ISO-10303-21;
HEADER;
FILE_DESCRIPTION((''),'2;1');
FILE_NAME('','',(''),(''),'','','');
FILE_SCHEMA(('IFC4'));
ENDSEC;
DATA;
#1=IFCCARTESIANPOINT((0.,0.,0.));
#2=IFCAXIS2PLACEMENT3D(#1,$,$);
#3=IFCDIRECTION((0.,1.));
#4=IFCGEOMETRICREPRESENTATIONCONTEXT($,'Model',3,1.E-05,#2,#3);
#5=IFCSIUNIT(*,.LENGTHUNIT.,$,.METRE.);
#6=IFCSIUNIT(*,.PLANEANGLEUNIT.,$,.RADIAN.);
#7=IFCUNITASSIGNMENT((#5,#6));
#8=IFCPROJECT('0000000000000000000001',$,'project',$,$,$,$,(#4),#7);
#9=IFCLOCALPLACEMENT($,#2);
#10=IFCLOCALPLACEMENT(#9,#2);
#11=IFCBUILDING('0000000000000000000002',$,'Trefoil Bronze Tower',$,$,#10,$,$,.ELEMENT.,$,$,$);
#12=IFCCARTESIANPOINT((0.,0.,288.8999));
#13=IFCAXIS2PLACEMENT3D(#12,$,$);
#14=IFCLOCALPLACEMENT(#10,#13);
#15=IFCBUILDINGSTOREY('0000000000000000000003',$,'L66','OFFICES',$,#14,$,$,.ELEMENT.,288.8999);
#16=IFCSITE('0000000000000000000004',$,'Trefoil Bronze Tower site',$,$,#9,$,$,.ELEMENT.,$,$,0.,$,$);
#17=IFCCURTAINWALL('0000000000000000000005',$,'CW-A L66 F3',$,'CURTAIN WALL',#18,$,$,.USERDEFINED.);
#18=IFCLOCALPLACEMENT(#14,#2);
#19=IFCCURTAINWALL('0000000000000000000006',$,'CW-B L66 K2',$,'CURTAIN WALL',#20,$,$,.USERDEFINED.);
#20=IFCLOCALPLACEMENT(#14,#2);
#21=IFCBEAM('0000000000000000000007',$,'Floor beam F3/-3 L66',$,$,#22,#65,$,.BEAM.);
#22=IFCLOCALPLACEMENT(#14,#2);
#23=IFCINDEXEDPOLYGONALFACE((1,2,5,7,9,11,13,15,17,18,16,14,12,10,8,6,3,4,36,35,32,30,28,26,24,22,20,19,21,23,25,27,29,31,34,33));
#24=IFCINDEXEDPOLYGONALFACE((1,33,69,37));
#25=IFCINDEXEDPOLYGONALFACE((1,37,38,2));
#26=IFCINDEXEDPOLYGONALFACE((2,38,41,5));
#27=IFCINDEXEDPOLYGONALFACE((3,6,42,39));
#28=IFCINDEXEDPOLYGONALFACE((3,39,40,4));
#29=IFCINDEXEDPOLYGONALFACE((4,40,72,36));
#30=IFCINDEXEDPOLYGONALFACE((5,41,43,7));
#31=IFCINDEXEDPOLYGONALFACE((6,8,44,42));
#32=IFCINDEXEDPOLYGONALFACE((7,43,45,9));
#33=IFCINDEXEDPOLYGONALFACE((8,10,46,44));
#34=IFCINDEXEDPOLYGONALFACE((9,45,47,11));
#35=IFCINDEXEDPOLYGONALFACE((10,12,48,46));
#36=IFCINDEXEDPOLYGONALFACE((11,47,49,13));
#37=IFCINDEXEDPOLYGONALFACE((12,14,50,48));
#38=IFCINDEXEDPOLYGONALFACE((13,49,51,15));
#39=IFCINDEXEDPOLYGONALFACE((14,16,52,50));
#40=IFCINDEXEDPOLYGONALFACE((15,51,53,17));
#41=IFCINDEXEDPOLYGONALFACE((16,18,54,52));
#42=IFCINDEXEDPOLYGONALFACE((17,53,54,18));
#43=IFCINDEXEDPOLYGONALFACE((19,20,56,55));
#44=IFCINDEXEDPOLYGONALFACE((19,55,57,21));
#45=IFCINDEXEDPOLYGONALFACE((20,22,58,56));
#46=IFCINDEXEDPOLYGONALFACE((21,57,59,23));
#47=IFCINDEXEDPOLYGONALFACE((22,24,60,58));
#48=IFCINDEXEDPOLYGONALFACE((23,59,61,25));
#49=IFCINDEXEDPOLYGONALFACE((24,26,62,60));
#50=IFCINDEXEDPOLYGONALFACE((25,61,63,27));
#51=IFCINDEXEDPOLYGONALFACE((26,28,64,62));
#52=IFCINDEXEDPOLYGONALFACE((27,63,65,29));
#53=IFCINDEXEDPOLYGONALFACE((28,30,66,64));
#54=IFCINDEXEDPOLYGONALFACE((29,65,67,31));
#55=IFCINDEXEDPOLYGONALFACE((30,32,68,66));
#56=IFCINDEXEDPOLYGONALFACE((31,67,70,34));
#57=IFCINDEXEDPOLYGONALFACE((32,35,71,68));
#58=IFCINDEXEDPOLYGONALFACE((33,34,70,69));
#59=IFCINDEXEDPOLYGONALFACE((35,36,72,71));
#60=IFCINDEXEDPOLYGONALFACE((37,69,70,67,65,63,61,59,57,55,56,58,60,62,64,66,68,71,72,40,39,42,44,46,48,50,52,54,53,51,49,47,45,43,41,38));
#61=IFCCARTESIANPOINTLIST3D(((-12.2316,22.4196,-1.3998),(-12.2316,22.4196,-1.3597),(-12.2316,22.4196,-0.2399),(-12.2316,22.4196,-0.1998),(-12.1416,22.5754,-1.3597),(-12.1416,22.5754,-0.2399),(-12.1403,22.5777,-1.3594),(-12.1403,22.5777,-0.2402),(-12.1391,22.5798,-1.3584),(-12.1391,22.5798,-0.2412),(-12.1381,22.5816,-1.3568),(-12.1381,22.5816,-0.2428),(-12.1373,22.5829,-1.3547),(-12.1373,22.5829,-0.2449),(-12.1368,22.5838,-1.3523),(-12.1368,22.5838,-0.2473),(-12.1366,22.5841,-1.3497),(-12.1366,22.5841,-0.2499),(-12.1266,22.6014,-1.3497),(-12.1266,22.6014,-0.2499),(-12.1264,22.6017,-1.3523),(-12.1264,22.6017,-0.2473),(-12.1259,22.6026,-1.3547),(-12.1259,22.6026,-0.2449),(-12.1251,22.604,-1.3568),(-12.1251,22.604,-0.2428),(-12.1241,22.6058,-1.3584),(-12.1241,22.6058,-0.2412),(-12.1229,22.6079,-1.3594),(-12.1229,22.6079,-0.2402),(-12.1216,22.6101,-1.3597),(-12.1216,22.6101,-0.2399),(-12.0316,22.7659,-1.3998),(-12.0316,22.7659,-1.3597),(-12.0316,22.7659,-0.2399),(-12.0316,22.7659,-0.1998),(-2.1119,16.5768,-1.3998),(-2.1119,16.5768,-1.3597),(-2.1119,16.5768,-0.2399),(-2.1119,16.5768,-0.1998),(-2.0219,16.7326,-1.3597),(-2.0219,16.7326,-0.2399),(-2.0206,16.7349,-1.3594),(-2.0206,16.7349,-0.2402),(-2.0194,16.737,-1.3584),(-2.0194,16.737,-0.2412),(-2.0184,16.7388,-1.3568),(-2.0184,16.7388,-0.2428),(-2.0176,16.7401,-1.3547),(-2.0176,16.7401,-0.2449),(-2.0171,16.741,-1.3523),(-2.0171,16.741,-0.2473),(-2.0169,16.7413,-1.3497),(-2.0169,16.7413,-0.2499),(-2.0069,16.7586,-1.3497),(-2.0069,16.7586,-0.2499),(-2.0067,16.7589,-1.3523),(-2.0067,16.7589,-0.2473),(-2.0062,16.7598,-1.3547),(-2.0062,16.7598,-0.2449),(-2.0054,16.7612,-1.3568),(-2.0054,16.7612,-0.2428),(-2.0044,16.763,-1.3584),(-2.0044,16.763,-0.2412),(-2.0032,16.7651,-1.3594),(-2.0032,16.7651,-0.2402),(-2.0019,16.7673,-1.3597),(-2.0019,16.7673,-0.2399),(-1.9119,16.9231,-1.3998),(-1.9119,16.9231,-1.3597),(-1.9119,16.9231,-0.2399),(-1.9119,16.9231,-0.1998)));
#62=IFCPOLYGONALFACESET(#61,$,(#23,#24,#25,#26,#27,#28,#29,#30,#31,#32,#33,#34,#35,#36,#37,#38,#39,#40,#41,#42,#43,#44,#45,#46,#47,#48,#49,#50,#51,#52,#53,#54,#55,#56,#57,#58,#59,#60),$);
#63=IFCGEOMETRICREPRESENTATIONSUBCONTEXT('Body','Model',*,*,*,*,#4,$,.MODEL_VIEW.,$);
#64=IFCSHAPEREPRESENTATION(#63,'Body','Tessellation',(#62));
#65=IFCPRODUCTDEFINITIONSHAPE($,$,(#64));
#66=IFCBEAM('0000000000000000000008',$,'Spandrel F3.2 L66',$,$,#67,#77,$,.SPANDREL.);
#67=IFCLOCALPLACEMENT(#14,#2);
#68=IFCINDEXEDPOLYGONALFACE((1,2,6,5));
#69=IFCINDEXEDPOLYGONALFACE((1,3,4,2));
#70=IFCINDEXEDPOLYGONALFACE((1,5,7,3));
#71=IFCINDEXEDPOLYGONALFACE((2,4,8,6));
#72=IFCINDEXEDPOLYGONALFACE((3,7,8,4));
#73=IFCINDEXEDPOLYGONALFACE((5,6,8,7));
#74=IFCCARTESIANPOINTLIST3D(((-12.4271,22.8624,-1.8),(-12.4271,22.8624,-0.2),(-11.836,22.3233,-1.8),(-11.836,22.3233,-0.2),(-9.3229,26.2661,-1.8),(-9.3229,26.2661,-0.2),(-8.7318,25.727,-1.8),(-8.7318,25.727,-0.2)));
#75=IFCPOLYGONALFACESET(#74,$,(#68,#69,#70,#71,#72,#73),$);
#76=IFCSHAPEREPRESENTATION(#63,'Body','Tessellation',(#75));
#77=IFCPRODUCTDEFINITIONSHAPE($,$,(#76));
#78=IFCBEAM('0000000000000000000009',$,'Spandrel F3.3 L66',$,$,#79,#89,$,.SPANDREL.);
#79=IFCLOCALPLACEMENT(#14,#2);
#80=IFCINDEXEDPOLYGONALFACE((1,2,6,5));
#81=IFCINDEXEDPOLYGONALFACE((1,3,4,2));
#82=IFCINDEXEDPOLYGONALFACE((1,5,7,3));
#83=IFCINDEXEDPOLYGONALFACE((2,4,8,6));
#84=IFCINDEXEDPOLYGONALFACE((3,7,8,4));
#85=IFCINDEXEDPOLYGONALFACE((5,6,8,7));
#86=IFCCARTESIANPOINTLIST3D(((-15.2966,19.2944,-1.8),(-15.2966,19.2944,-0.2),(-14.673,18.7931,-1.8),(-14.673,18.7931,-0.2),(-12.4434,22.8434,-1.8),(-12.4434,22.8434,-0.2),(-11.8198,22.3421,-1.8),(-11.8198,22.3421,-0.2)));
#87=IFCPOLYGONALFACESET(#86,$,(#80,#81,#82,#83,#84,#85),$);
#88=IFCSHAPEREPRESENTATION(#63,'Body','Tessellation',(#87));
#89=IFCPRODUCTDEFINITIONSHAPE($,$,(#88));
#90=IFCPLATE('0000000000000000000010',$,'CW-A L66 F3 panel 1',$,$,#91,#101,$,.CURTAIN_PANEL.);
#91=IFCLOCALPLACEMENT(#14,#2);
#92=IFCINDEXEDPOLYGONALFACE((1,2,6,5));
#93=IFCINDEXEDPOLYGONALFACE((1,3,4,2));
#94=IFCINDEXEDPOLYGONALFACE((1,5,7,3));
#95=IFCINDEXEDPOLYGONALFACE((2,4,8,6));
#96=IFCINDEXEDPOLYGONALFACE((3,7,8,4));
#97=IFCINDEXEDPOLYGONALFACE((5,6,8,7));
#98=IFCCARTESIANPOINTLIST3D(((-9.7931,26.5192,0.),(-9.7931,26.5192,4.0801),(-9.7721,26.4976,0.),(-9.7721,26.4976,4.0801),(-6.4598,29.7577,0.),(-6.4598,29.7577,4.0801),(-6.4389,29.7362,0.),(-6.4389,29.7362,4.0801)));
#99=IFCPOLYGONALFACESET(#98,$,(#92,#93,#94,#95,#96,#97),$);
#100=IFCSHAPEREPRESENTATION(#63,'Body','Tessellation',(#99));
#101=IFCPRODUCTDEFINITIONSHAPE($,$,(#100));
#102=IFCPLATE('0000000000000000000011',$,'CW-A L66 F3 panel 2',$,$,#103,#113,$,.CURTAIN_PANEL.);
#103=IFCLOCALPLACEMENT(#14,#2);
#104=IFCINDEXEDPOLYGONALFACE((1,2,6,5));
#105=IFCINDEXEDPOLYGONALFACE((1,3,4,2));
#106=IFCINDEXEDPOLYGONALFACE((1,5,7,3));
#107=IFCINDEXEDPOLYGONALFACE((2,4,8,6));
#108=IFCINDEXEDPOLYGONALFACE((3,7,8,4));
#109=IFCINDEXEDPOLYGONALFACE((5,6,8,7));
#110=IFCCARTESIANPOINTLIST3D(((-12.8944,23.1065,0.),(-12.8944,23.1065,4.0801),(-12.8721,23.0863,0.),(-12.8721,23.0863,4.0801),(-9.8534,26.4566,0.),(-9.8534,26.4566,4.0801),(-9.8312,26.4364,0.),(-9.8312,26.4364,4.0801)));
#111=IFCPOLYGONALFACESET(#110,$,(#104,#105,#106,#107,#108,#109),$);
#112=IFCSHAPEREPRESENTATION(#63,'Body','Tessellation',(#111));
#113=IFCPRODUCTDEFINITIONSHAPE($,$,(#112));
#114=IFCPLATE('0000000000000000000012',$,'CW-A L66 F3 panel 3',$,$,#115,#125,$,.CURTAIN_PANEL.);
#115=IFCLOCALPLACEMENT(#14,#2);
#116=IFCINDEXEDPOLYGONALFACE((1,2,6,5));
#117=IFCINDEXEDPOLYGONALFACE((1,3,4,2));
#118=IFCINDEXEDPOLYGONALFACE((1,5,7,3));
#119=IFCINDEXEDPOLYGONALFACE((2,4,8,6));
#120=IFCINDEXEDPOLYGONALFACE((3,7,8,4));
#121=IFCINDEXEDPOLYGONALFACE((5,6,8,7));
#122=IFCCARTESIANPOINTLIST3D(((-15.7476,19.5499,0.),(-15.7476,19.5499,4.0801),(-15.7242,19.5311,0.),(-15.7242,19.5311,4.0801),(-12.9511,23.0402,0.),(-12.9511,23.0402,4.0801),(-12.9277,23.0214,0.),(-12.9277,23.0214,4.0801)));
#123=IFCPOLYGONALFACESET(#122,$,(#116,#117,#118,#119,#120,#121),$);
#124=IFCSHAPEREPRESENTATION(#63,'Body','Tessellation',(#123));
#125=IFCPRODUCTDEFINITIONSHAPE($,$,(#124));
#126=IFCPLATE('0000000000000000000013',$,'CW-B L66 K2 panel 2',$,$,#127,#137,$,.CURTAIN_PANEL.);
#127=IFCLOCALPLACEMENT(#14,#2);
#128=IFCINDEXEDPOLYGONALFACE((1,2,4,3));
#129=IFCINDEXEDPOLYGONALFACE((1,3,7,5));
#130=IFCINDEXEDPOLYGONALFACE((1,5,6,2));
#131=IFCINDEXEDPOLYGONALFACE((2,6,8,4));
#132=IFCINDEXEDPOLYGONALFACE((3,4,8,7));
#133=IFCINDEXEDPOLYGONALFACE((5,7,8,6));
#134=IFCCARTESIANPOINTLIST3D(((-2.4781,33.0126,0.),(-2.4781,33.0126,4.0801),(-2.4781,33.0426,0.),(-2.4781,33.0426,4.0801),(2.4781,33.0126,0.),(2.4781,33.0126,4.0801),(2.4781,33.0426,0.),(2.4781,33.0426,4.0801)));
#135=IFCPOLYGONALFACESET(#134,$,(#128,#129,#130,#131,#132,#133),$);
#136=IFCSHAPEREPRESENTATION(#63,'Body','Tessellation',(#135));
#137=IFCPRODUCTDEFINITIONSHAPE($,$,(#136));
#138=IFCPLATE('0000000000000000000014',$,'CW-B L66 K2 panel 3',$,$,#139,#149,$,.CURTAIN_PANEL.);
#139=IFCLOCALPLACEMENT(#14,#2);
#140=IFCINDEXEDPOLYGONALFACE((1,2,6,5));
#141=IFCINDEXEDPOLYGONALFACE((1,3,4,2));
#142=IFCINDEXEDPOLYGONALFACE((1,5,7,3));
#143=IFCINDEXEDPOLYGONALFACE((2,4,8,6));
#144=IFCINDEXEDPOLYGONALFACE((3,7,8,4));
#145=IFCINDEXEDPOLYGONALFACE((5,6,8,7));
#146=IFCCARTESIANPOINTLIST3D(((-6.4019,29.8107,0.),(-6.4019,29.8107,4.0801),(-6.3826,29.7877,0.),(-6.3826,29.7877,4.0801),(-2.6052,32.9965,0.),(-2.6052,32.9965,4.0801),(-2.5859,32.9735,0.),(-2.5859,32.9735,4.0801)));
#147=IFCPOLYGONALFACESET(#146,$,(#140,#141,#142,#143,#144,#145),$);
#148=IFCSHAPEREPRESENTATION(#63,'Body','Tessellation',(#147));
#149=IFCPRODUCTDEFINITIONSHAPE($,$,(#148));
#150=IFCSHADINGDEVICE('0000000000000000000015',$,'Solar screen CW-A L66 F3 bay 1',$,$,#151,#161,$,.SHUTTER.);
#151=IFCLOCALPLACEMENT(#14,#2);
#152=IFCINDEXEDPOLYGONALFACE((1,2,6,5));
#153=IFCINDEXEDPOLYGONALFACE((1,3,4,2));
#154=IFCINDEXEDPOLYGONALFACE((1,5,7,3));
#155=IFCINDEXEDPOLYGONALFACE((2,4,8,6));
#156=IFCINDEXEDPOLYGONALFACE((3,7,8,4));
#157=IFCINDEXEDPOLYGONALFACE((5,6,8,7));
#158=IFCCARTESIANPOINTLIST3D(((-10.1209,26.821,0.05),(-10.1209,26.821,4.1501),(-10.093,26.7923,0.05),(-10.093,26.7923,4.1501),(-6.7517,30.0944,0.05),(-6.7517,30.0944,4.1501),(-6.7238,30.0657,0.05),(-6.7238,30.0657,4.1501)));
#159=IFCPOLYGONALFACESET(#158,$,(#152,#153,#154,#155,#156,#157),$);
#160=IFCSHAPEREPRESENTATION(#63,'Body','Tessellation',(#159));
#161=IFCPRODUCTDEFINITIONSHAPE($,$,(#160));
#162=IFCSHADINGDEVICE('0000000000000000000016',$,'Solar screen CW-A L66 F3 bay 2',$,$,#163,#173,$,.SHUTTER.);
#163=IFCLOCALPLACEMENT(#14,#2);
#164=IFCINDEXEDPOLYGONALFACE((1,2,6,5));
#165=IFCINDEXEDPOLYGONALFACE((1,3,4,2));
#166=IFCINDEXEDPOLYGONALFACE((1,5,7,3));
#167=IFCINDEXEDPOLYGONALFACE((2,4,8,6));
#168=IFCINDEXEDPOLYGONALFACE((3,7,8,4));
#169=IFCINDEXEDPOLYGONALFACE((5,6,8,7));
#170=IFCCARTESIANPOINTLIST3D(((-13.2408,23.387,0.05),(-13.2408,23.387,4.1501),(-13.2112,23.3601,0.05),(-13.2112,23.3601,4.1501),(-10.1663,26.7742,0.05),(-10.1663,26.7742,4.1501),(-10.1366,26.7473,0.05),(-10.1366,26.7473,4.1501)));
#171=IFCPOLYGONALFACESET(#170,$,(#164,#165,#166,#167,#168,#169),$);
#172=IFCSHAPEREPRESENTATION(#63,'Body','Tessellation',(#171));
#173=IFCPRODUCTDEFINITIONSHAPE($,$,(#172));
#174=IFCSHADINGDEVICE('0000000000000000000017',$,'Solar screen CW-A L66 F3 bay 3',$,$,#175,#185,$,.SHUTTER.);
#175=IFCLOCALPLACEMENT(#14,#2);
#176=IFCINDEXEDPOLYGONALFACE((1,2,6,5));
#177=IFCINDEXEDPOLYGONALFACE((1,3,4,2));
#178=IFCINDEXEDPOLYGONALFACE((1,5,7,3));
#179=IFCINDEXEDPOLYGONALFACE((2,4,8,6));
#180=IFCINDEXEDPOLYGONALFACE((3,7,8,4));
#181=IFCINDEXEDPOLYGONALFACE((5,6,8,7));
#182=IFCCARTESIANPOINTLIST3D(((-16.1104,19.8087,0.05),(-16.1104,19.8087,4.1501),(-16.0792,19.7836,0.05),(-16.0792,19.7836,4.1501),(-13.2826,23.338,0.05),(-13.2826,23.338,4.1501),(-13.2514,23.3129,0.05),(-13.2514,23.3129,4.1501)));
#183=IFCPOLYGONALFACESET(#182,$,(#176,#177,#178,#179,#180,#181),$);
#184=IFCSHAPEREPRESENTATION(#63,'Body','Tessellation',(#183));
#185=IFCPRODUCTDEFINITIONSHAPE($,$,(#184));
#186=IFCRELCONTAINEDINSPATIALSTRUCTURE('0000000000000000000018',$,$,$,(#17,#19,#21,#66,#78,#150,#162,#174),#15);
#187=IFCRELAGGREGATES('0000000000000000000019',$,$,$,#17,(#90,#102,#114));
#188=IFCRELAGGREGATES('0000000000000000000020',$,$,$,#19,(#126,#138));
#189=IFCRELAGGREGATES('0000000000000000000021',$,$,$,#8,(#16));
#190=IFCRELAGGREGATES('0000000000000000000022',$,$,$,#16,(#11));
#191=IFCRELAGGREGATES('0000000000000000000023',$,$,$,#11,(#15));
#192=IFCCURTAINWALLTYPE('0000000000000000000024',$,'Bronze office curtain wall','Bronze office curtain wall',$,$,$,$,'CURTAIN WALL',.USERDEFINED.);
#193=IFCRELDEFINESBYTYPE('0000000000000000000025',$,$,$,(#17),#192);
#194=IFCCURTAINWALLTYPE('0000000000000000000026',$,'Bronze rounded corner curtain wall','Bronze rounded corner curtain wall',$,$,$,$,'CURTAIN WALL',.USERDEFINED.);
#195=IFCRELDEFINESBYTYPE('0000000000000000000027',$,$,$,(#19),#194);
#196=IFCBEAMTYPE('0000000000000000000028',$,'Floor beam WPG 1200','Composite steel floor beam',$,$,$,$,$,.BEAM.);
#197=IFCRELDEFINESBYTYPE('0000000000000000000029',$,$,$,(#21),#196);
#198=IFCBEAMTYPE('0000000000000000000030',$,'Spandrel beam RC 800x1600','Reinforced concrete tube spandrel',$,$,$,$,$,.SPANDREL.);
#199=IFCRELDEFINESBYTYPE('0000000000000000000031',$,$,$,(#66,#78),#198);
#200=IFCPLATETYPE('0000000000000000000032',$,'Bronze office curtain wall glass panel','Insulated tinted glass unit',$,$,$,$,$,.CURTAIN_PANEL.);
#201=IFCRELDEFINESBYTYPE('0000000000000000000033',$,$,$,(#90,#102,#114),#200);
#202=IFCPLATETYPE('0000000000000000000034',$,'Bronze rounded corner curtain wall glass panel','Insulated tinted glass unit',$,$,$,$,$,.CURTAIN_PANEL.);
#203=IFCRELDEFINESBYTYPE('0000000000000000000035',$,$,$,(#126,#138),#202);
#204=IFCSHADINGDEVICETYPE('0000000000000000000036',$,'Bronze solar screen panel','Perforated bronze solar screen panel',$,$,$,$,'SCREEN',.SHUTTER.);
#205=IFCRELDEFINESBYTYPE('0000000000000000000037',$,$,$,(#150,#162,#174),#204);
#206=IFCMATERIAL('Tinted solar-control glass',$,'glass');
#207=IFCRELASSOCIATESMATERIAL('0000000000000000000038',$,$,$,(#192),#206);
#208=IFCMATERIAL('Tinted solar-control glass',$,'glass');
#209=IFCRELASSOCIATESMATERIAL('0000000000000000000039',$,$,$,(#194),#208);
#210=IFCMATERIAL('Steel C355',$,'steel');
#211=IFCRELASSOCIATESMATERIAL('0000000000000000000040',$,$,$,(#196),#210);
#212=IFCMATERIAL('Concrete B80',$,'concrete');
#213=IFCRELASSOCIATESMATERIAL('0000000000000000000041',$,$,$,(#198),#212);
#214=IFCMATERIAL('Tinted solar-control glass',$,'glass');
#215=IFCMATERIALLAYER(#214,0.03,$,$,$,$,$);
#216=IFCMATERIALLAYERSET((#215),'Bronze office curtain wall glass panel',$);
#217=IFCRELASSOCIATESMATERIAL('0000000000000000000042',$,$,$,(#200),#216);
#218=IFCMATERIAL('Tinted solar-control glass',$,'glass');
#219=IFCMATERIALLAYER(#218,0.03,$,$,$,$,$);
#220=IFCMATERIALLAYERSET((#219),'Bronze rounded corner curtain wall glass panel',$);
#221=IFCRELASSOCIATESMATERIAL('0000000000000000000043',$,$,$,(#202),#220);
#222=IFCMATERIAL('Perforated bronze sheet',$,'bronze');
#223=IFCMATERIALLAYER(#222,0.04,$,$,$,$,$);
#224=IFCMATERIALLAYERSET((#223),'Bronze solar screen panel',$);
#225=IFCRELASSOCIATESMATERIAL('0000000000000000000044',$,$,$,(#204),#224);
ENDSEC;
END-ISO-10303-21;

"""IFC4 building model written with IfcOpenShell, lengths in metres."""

from ifc_helpers import new_model, si_unit, direction, frame, origin, origin_2d, place, context, subcontext, project, spatial, rectangle, i_section, extrude, material, layer, layer_set, material_profile, profile_set, type_object, element, aggregate, save


model = new_model("IFC4")

# Units and contexts
model_context = context("Model", 3, precision=1e-05, world=origin(), true_north=direction((0.0, 1.0)))
body_context = subcontext(model_context, "Body", "Model", "MODEL_VIEW")
ifc_project = project(units=[si_unit("LENGTHUNIT", "METRE"), si_unit("PLANEANGLEUNIT", "RADIAN")], contexts=[model_context])

# Site, building, storey
site_placement = place(None, origin())
site = spatial("IfcSite", under=ifc_project, at=site_placement, Name="Trefoil Bronze Tower site", CompositionType="ELEMENT", RefElevation=0.0)
building_placement = place(site_placement, origin())
building = spatial("IfcBuilding", under=site, at=building_placement, Name="Trefoil Bronze Tower", CompositionType="ELEMENT")
storey_placement = place(building_placement, frame((0.0, 0.0, 288.8999)))
storey = spatial("IfcBuildingStorey", under=building, at=storey_placement, Name="L66", Description="OFFICES", CompositionType="ELEMENT", Elevation=288.8999)

# Curtain walls
ifc_material_1 = material(Name="Tinted solar-control glass", Category="glass")
curtain_wall_type_1 = type_object("IfcCurtainWallType", Name="Bronze office curtain wall", Description="Bronze office curtain wall", ElementType="CURTAIN WALL", PredefinedType="USERDEFINED", material=ifc_material_1)
curtain_wall_1_placement = place(storey_placement, origin())
curtain_wall_1 = element("IfcCurtainWall", 1, at=curtain_wall_1_placement, inside=storey, type_object=curtain_wall_type_1, Name="CW-A L66 F3", ObjectType="CURTAIN WALL", PredefinedType="USERDEFINED")
ifc_material_2 = material(Name="Tinted solar-control glass", Category="glass")
curtain_wall_type_2 = type_object("IfcCurtainWallType", Name="Bronze rounded corner curtain wall", Description="Bronze rounded corner curtain wall", ElementType="CURTAIN WALL", PredefinedType="USERDEFINED", material=ifc_material_2)
curtain_wall_2_placement = place(storey_placement, origin())
curtain_wall_2 = element("IfcCurtainWall", 2, at=curtain_wall_2_placement, inside=storey, type_object=curtain_wall_type_2, Name="CW-B L66 K2", ObjectType="CURTAIN WALL", PredefinedType="USERDEFINED")

# Beams
ifc_material_3 = material(Name="Steel C355", Category="steel")
ifc_material_profile_1 = material_profile(ifc_material_3, i_section(OverallWidth=0.3999, OverallDepth=1.2, WebThickness=0.02, FlangeThickness=0.04, FilletRadius=0.01, at=origin_2d()), Name="WPG 1200")
ifc_profile_set_1 = profile_set([ifc_material_profile_1], Name="Steel C355")
beam_type_1 = type_object("IfcBeamType", Name="Floor beam WPG 1200", Description="Composite steel floor beam", PredefinedType="BEAM", material=ifc_profile_set_1)
beam_1_placement = place(storey_placement, frame((-12.1316, 22.5928, -0.7998), z_axis=(0.866018, -0.500013, 0.0), x_axis=(0.500013, 0.866018, 0.0)))
element("IfcBeam", 3, at=beam_1_placement, inside=storey, type_object=beam_type_1, Name="Floor beam F3/-3 L66", PredefinedType="BEAM", context=body_context, shape_type="SweptSolid", body=[
    extrude(i_section(OverallWidth=0.3999, OverallDepth=1.2, WebThickness=0.02, FlangeThickness=0.04, FilletRadius=0.01, at=origin_2d()), origin(), (0.0, 0.0, 1.0), 11.6853),
])
ifc_material_4 = material(Name="Concrete B80", Category="concrete")
ifc_material_profile_2 = material_profile(ifc_material_4, rectangle(XDim=0.8, YDim=1.6001, at=origin_2d()), Name="RC 800x1600")
ifc_profile_set_2 = profile_set([ifc_material_profile_2], Name="Concrete B80")
beam_type_2 = type_object("IfcBeamType", Name="Spandrel beam RC 800x1600", Description="Reinforced concrete tube spandrel", PredefinedType="SPANDREL", material=ifc_profile_set_2)
beam_2_placement = place(storey_placement, frame((-9.0273, 25.9966, -1.0), z_axis=(-0.673846, -0.738872, 0.0), x_axis=(0.738872, -0.673846, 0.0)))
element("IfcBeam", 4, at=beam_2_placement, inside=storey, type_object=beam_type_2, Name="Spandrel F3.2 L66", PredefinedType="SPANDREL", context=body_context, shape_type="SweptSolid", body=[
    extrude(rectangle(XDim=0.8, YDim=1.6001, at=origin_2d()), origin(), (0.0, 0.0, 1.0), 4.6067),
])
beam_3_placement = place(storey_placement, frame((-12.1316, 22.5928, -1.0), z_axis=(-0.62657, -0.779365, 0.0), x_axis=(0.779365, -0.62657, 0.0)))
element("IfcBeam", 5, at=beam_3_placement, inside=storey, type_object=beam_type_2, Name="Spandrel F3.3 L66", PredefinedType="SPANDREL", context=body_context, shape_type="SweptSolid", body=[
    extrude(rectangle(XDim=0.8, YDim=1.6001, at=origin_2d()), origin(), (0.0, 0.0, 1.0), 4.5537),
])

# Plates
ifc_material_5 = material(Name="Tinted solar-control glass", Category="glass")
ifc_layer_1 = layer(ifc_material_5, 0.03)
ifc_layer_set_1 = layer_set([ifc_layer_1], Name="Bronze office curtain wall glass panel")
plate_type_1 = type_object("IfcPlateType", Name="Bronze office curtain wall glass panel", Description="Insulated tinted glass unit", PredefinedType="CURTAIN_PANEL", material=ifc_layer_set_1)
plate_1_placement = place(storey_placement, frame((-8.116, 28.1277, 0.0), z_axis=(0.0, 0.0, 1.0), x_axis=(-0.717218, -0.696849, 0.0)))
plate_1 = element("IfcPlate", 6, at=plate_1_placement, type_object=plate_type_1, Name="CW-A L66 F3 panel 1", PredefinedType="CURTAIN_PANEL", context=body_context, shape_type="SweptSolid", body=[
    extrude(rectangle(XDim=4.6475, YDim=0.03, at=origin_2d()), origin(), (0.0, 0.0, 1.0), 4.0801),
])
plate_2_placement = place(storey_placement, frame((-11.3628, 24.7715, 0.0), z_axis=(0.0, 0.0, 1.0), x_axis=(-0.672115, -0.740447, 0.0)))
plate_2 = element("IfcPlate", 7, at=plate_2_placement, type_object=plate_type_1, Name="CW-A L66 F3 panel 2", PredefinedType="CURTAIN_PANEL", context=body_context, shape_type="SweptSolid", body=[
    extrude(rectangle(XDim=4.5244, YDim=0.03, at=origin_2d()), origin(), (0.0, 0.0, 1.0), 4.0801),
])
plate_3_placement = place(storey_placement, frame((-14.3376, 21.2856, 0.0), z_axis=(0.0, 0.0, 1.0), x_axis=(-0.625287, -0.780395, 0.0)))
plate_3 = element("IfcPlate", 8, at=plate_3_placement, type_object=plate_type_1, Name="CW-A L66 F3 panel 3", PredefinedType="CURTAIN_PANEL", context=body_context, shape_type="SweptSolid", body=[
    extrude(rectangle(XDim=4.4724, YDim=0.03, at=origin_2d()), origin(), (0.0, 0.0, 1.0), 4.0801),
])
aggregate(curtain_wall_1, [plate_1, plate_2, plate_3])
ifc_material_6 = material(Name="Tinted solar-control glass", Category="glass")
ifc_layer_2 = layer(ifc_material_6, 0.03)
ifc_layer_set_2 = layer_set([ifc_layer_2], Name="Bronze rounded corner curtain wall glass panel")
plate_type_2 = type_object("IfcPlateType", Name="Bronze rounded corner curtain wall glass panel", Description="Insulated tinted glass unit", PredefinedType="CURTAIN_PANEL", material=ifc_layer_set_2)
plate_4_placement = place(storey_placement, frame((0.0, 33.0276, 0.0), z_axis=(0.0, 0.0, 1.0), x_axis=(-1.0, 0.0, 0.0)))
plate_4 = element("IfcPlate", 9, at=plate_4_placement, type_object=plate_type_2, Name="CW-B L66 K2 panel 2", PredefinedType="CURTAIN_PANEL", context=body_context, shape_type="SweptSolid", body=[
    extrude(rectangle(XDim=4.9563, YDim=0.03, at=origin_2d()), origin(), (0.0, 0.0, 1.0), 4.0801),
])
plate_5_placement = place(storey_placement, frame((-4.4939, 31.3921, 0.0), z_axis=(0.0, 0.0, 1.0), x_axis=(-0.766044, -0.642788, 0.0)))
plate_5 = element("IfcPlate", 10, at=plate_5_placement, type_object=plate_type_2, Name="CW-B L66 K2 panel 3", PredefinedType="CURTAIN_PANEL", context=body_context, shape_type="SweptSolid", body=[
    extrude(rectangle(XDim=4.9563, YDim=0.03, at=origin_2d()), origin(), (0.0, 0.0, 1.0), 4.0801),
])
aggregate(curtain_wall_2, [plate_4, plate_5])

# Shading devices
ifc_material_7 = material(Name="Perforated bronze sheet", Category="bronze")
ifc_layer_3 = layer(ifc_material_7, 0.04)
ifc_layer_set_3 = layer_set([ifc_layer_3], Name="Bronze solar screen panel")
shading_device_type = type_object("IfcShadingDeviceType", Name="Bronze solar screen panel", Description="Perforated bronze solar screen panel", ElementType="SCREEN", PredefinedType="SHUTTER", material=ifc_layer_set_3)
shading_device_1_placement = place(storey_placement, frame((-8.4224, 28.4434, 0.05), z_axis=(0.0, 0.0, 1.0), x_axis=(-0.717218, -0.696849, 0.0)))
element("IfcShadingDevice", 11, at=shading_device_1_placement, inside=storey, type_object=shading_device_type, Name="Solar screen CW-A L66 F3 bay 1", PredefinedType="SHUTTER", context=body_context, shape_type="SweptSolid", body=[
    extrude(rectangle(XDim=4.6975, YDim=0.04, at=origin_2d()), origin(), (0.0, 0.0, 1.0), 4.1001),
])
shading_device_2_placement = place(storey_placement, frame((-11.6887, 25.0671, 0.05), z_axis=(0.0, 0.0, 1.0), x_axis=(-0.672115, -0.740447, 0.0)))
element("IfcShadingDevice", 12, at=shading_device_2_placement, inside=storey, type_object=shading_device_type, Name="Solar screen CW-A L66 F3 bay 2", PredefinedType="SHUTTER", context=body_context, shape_type="SweptSolid", body=[
    extrude(rectangle(XDim=4.5745, YDim=0.04, at=origin_2d()), origin(), (0.0, 0.0, 1.0), 4.1001),
])
shading_device_3_placement = place(storey_placement, frame((-14.6809, 21.5608, 0.05), z_axis=(0.0, 0.0, 1.0), x_axis=(-0.625287, -0.780395, 0.0)))
element("IfcShadingDevice", 13, at=shading_device_3_placement, inside=storey, type_object=shading_device_type, Name="Solar screen CW-A L66 F3 bay 3", PredefinedType="SHUTTER", context=body_context, shape_type="SweptSolid", body=[
    extrude(rectangle(XDim=4.5225, YDim=0.04, at=origin_2d()), origin(), (0.0, 0.0, 1.0), 4.1001),
])

save(model, "model.ifc")
